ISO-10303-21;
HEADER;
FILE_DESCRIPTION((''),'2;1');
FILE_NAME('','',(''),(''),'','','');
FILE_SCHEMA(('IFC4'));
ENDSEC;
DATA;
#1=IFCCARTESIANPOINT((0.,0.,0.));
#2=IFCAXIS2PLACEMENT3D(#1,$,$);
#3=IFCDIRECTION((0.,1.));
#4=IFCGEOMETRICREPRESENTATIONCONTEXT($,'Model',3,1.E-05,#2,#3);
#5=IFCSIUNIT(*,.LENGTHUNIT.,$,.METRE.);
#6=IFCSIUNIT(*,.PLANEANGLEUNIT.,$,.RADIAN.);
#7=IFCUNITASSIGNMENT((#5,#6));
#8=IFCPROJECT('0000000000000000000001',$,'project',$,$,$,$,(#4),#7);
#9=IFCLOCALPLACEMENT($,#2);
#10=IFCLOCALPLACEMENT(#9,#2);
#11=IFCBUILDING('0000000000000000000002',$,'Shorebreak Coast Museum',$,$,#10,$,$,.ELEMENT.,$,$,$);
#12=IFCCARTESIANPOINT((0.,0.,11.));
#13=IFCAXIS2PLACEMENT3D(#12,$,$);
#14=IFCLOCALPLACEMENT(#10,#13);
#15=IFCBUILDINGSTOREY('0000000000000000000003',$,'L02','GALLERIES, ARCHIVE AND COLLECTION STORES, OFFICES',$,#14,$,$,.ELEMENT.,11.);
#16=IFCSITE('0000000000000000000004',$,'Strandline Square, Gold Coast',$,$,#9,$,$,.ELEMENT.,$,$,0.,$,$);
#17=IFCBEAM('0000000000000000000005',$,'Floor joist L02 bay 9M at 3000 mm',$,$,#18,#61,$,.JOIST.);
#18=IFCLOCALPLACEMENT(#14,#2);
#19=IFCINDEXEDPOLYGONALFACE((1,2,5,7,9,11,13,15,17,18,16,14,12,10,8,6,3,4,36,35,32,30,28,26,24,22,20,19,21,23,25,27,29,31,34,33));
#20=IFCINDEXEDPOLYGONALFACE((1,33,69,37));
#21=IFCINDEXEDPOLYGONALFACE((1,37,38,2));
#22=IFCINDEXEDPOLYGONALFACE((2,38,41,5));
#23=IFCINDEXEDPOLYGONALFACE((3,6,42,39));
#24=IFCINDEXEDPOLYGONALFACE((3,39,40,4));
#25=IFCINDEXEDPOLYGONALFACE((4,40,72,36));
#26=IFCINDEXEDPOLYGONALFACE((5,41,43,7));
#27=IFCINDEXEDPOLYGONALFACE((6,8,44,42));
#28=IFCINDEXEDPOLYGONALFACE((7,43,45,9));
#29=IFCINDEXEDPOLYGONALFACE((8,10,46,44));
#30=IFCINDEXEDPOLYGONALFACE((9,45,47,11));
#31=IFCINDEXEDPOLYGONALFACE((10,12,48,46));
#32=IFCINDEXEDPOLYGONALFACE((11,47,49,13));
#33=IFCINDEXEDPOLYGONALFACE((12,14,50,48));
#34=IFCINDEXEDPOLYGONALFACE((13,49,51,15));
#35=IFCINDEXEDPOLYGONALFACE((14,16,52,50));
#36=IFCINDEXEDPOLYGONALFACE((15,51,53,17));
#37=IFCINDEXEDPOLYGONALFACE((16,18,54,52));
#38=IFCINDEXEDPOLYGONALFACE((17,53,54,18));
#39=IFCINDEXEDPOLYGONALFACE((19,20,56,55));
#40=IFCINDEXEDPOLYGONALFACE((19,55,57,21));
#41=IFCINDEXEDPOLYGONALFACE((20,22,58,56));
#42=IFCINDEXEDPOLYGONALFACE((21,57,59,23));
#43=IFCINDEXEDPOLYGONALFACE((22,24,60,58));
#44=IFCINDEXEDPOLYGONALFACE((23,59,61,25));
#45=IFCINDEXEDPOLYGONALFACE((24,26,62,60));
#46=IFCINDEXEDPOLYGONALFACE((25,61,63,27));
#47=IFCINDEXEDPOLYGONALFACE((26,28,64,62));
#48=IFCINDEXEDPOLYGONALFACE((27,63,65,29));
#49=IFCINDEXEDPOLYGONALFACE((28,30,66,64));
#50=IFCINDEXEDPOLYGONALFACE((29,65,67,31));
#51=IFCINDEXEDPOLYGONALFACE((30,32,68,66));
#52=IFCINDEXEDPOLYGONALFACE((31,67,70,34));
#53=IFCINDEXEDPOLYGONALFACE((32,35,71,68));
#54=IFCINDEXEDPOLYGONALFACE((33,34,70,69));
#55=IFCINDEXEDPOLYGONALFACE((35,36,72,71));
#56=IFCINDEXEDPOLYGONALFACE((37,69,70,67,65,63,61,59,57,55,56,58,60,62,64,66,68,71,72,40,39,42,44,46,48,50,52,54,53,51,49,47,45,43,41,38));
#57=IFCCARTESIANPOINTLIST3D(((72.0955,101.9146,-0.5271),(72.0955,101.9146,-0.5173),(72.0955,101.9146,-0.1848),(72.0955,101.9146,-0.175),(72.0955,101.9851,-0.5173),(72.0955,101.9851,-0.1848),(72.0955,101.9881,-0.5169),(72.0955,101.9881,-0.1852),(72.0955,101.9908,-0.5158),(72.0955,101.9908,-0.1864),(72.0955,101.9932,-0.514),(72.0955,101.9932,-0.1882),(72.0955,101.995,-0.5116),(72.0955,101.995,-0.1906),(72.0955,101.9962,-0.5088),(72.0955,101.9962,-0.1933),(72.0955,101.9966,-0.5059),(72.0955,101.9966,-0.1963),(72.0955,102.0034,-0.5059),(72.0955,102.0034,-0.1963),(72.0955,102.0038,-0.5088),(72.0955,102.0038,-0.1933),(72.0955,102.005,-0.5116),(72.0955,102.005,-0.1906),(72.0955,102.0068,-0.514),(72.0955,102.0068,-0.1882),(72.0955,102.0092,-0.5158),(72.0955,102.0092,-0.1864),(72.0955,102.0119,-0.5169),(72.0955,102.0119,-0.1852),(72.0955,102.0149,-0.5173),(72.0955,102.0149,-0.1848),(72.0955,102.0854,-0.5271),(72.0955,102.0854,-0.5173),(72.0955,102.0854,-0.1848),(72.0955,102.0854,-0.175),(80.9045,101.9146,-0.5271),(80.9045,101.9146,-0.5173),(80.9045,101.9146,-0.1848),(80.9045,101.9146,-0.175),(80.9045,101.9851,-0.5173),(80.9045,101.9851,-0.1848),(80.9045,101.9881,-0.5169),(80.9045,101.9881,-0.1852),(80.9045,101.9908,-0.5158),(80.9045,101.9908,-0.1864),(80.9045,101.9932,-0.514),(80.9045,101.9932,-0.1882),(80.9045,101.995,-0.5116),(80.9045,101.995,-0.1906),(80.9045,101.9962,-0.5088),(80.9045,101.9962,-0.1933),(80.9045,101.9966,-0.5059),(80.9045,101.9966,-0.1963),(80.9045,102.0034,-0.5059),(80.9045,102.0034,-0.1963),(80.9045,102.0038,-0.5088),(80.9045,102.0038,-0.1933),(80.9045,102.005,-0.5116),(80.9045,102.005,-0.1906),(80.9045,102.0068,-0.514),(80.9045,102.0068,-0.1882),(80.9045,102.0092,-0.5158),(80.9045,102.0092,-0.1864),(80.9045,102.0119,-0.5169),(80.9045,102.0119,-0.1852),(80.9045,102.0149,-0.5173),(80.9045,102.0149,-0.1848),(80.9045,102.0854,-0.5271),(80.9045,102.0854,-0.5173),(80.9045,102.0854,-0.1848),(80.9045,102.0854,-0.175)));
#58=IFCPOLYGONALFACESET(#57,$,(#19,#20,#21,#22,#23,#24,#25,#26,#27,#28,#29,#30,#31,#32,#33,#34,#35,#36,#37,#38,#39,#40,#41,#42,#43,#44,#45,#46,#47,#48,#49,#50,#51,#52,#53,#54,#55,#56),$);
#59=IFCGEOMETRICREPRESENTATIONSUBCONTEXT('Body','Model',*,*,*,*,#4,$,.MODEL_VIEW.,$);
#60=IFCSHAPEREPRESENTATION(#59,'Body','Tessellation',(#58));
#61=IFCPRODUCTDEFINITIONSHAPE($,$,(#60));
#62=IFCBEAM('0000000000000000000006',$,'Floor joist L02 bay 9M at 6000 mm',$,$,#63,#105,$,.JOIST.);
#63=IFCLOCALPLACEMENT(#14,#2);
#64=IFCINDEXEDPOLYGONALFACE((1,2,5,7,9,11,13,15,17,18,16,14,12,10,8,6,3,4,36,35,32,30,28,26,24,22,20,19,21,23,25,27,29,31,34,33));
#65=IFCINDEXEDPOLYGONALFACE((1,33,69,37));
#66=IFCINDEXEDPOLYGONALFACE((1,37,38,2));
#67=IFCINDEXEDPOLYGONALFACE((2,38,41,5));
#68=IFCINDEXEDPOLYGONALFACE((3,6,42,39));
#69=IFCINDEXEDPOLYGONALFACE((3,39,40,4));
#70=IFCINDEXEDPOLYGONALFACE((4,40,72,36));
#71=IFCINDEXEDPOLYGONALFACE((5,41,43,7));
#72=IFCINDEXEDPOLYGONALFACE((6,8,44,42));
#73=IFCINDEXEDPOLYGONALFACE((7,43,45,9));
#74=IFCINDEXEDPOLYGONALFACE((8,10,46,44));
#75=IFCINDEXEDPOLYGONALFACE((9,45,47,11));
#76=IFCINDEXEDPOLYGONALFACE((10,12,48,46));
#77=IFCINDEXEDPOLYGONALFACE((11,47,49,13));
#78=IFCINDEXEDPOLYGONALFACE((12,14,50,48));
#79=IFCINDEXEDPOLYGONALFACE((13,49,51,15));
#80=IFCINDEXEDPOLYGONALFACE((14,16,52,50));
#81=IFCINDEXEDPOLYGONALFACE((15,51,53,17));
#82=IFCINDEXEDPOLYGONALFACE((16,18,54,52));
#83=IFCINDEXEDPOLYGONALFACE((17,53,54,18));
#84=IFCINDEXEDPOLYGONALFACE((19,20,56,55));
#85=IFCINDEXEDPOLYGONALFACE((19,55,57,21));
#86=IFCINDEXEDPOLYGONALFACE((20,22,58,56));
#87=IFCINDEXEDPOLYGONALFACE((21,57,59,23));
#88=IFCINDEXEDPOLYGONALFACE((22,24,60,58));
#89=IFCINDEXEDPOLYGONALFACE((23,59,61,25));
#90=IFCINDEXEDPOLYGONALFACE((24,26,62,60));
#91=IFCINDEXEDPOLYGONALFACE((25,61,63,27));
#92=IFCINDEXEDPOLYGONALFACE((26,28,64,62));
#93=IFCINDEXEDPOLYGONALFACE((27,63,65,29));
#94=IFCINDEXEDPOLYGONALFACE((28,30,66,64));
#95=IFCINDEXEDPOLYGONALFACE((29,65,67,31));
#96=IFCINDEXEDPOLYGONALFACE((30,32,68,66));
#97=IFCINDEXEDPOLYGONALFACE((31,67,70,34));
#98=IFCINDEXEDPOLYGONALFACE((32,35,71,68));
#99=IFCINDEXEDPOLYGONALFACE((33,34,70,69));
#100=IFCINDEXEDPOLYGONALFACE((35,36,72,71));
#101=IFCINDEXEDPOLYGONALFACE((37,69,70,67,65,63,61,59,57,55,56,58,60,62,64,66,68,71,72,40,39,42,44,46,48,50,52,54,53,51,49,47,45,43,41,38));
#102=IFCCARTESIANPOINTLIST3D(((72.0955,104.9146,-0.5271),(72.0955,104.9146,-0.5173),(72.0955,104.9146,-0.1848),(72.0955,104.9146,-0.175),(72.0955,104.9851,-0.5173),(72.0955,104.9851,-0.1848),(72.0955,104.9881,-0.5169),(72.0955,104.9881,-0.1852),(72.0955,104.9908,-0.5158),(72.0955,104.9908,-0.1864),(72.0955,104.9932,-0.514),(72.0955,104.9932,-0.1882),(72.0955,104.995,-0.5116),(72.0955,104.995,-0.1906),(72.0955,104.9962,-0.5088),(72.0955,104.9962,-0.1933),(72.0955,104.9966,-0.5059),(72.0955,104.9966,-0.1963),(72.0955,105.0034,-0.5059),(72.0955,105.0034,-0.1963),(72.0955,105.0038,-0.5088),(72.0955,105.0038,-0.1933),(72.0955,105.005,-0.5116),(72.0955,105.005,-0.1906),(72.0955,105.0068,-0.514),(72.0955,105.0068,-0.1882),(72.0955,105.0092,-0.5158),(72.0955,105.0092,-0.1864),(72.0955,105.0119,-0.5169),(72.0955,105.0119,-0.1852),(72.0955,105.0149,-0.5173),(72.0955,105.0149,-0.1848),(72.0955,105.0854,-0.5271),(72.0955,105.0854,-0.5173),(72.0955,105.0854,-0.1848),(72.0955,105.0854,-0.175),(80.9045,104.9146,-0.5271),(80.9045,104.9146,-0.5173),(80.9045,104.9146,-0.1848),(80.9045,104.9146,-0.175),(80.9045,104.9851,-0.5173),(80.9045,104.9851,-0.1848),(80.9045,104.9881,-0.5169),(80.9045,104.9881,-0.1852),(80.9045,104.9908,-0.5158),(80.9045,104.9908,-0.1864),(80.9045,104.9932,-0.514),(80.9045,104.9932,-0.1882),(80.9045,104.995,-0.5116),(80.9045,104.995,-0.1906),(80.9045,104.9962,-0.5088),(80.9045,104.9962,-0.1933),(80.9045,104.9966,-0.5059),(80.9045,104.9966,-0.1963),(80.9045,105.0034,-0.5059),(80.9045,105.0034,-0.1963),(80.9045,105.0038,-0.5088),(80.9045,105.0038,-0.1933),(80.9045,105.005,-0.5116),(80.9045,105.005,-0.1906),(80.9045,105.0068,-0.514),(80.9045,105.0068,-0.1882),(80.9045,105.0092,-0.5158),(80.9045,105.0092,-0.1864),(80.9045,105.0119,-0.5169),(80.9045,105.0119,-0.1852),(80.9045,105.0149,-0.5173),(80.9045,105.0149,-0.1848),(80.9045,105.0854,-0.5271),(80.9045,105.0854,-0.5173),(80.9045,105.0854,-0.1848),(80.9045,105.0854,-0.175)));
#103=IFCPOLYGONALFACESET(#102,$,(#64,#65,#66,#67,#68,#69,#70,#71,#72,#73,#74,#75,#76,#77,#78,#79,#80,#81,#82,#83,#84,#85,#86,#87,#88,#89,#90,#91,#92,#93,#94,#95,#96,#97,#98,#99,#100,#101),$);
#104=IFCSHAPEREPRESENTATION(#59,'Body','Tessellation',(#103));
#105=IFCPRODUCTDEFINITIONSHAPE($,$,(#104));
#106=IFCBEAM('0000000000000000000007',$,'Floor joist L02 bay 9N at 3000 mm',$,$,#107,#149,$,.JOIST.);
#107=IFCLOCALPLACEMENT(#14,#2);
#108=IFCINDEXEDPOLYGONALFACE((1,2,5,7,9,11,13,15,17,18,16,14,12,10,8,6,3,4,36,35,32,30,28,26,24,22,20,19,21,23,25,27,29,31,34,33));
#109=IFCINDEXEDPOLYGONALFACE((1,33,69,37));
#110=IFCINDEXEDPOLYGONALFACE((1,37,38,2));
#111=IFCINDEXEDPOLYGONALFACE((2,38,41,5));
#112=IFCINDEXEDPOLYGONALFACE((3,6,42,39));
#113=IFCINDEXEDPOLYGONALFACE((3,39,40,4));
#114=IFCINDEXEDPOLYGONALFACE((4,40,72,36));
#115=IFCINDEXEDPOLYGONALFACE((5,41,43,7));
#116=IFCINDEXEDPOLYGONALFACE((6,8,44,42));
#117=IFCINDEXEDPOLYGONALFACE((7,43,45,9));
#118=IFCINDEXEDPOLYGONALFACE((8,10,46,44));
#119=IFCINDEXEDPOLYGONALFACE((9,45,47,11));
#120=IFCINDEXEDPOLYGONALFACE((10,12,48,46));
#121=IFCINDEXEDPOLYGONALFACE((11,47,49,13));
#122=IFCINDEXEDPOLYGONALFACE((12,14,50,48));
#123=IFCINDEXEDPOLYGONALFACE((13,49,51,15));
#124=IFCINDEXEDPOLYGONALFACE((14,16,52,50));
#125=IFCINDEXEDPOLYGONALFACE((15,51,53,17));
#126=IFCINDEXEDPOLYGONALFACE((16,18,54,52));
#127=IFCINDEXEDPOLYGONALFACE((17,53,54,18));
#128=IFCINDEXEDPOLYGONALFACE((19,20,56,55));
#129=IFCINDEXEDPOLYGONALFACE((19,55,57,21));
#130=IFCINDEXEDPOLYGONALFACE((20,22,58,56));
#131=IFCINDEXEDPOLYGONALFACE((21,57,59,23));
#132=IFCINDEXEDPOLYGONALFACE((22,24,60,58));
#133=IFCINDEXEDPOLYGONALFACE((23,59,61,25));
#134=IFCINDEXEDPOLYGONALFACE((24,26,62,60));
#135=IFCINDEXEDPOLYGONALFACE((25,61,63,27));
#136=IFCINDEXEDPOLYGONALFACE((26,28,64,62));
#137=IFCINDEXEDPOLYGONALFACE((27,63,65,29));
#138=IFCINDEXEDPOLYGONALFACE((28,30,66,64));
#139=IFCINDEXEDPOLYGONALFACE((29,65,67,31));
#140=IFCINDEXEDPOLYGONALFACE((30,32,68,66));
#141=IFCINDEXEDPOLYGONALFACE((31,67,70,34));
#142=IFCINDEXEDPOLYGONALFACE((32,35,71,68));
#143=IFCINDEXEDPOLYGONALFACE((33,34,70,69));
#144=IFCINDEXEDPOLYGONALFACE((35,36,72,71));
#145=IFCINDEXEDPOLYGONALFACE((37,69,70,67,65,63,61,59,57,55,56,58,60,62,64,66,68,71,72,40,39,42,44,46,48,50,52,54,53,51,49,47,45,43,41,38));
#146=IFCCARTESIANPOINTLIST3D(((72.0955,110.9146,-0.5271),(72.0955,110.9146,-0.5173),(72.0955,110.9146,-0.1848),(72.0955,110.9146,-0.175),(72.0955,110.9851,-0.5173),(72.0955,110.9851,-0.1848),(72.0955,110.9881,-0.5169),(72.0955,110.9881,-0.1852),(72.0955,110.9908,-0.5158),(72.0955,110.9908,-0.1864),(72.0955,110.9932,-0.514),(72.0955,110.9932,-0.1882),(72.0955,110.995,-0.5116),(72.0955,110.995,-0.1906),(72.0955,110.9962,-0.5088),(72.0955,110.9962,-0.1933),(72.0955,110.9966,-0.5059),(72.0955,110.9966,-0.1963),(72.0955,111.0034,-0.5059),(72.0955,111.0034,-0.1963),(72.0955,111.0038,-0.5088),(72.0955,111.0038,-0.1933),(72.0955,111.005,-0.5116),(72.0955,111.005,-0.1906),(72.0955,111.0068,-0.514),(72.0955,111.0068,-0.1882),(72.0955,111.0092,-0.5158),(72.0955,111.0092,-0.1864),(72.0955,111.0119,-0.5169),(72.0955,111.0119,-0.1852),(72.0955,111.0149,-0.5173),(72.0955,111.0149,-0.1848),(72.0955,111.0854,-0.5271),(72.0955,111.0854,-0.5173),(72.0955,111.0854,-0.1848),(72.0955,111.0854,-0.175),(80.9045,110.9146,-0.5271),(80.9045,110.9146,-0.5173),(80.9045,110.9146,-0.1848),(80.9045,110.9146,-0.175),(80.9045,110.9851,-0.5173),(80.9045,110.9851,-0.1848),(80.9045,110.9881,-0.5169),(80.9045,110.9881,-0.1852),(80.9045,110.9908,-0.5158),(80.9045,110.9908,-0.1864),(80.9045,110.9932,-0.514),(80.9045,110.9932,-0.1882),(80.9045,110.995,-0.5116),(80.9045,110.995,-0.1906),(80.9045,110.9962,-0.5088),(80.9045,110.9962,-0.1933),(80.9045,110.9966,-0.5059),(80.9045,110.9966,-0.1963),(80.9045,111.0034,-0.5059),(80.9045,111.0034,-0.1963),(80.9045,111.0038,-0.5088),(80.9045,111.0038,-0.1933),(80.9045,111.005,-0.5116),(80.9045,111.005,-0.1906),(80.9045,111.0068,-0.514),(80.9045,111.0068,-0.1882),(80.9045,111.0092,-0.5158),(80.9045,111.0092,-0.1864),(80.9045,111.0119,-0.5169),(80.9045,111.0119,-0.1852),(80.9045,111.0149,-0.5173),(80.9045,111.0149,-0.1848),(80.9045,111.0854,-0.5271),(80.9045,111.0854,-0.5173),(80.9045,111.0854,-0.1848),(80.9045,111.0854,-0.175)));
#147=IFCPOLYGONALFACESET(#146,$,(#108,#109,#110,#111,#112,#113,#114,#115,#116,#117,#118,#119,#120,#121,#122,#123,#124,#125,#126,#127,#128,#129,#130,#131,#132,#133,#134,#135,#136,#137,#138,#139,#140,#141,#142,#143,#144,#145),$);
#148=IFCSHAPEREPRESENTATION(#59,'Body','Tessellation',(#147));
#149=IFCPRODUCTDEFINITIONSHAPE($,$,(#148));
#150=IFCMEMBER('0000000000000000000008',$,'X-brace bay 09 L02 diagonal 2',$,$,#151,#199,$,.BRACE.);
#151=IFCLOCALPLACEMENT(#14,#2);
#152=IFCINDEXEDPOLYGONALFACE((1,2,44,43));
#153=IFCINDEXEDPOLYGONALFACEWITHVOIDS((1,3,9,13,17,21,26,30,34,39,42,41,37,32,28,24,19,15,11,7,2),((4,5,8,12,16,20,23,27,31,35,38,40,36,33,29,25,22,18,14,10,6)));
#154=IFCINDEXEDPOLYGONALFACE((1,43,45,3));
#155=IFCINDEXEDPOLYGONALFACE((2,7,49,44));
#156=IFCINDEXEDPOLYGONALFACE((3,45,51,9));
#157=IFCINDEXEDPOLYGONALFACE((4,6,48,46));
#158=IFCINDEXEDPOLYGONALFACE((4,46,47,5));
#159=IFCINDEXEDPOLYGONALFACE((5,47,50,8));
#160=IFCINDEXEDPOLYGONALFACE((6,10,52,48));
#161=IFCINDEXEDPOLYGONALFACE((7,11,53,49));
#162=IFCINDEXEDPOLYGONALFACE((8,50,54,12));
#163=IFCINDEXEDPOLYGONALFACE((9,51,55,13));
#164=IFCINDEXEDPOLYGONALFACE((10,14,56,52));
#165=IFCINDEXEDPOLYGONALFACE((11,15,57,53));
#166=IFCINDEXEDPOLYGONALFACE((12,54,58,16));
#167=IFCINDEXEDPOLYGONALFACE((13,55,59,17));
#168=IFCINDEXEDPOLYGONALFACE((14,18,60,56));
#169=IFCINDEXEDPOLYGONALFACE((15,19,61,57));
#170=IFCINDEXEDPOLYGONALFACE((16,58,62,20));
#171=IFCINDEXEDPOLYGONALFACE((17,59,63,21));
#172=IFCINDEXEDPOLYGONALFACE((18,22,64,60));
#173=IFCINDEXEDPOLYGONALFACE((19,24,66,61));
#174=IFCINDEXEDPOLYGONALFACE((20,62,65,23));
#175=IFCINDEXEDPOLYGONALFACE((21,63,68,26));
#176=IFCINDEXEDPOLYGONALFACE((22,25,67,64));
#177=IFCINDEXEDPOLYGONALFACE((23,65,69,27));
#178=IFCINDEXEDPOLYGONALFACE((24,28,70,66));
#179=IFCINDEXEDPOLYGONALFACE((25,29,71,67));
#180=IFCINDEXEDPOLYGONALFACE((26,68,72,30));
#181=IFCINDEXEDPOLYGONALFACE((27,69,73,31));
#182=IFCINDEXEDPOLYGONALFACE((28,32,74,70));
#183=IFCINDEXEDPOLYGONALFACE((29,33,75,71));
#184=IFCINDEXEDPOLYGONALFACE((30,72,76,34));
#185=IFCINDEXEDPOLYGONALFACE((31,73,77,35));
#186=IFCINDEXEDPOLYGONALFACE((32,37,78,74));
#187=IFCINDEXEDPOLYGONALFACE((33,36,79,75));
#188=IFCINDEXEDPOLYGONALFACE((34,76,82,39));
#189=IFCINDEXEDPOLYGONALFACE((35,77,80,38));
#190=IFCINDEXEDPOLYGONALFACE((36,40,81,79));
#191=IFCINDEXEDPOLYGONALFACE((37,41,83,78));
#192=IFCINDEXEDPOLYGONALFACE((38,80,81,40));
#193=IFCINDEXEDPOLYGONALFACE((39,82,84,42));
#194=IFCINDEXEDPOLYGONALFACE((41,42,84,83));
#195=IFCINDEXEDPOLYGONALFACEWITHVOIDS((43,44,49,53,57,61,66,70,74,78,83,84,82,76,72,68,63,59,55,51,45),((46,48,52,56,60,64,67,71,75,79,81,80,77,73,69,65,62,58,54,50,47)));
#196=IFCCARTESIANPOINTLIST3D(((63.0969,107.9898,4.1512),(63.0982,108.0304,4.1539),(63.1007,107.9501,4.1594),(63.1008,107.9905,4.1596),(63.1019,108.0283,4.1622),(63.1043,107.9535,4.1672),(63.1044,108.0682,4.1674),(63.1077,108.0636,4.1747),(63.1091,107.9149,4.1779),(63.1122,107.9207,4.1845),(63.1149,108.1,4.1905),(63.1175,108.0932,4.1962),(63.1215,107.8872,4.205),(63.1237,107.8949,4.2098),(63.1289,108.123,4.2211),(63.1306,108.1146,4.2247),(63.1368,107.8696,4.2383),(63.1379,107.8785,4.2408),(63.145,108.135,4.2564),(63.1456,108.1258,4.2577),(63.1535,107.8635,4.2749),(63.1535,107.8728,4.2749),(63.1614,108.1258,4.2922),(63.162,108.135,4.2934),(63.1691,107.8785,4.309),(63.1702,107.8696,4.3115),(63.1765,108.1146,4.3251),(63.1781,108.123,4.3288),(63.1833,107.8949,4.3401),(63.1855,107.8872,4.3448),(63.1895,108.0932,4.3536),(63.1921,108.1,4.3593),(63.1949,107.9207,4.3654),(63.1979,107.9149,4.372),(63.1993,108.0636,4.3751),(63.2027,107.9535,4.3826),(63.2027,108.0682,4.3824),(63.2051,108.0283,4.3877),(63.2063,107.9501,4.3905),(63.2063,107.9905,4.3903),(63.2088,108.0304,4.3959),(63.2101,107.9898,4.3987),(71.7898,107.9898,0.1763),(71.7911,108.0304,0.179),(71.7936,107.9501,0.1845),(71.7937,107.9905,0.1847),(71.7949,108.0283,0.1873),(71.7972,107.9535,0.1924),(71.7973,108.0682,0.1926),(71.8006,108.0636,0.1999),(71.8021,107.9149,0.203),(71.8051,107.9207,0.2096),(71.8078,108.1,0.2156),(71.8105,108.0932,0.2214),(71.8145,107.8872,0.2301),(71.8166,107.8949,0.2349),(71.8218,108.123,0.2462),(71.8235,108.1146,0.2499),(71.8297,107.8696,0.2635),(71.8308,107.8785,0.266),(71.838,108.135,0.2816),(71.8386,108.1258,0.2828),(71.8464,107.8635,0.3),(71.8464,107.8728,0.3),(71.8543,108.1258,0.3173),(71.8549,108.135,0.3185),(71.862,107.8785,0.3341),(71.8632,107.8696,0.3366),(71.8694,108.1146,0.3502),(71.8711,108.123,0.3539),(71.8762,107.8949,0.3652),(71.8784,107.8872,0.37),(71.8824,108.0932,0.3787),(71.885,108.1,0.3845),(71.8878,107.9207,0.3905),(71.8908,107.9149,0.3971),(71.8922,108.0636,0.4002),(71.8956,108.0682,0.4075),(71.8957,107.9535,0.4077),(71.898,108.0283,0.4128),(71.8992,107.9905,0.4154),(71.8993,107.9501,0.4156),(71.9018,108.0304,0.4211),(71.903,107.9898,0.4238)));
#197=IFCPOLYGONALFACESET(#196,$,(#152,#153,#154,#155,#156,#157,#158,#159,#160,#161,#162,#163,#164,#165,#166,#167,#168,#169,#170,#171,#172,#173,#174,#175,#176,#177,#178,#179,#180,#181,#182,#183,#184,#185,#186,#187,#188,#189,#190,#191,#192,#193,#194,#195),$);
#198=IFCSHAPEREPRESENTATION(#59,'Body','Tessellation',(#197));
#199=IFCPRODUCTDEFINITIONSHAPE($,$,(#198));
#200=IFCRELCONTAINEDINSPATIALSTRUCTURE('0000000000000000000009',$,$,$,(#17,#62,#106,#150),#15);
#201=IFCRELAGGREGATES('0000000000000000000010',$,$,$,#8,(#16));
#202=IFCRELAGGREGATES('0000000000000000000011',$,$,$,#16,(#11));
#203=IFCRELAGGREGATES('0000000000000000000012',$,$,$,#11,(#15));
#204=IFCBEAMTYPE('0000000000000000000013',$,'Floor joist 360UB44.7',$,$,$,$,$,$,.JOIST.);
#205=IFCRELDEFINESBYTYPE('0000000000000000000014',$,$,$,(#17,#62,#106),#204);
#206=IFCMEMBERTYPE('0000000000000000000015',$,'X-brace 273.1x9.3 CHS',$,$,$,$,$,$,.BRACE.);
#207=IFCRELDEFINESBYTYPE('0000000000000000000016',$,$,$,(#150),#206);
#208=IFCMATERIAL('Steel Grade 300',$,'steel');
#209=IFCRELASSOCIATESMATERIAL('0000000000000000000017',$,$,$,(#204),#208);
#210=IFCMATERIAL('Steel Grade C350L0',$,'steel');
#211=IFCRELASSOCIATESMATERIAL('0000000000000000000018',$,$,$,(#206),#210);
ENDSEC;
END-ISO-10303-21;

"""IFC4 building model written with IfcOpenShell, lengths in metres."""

from ifc_helpers import new_model, si_unit, direction, frame, origin, origin_2d, place, context, subcontext, project, spatial, hollow_circle, i_section, extrude, material, material_profile, profile_set, type_object, element, save


model = new_model("IFC4")

# Units and contexts
model_context = context("Model", 3, precision=1e-05, world=origin(), true_north=direction((0.0, 1.0)))
body_context = subcontext(model_context, "Body", "Model", "MODEL_VIEW")
ifc_project = project(units=[si_unit("LENGTHUNIT", "METRE"), si_unit("PLANEANGLEUNIT", "RADIAN")], contexts=[model_context])

# Site, building, storey
site_placement = place(None, origin())
site = spatial("IfcSite", under=ifc_project, at=site_placement, Name="Strandline Square, Gold Coast", CompositionType="ELEMENT", RefElevation=0.0)
building_placement = place(site_placement, origin())
building = spatial("IfcBuilding", under=site, at=building_placement, Name="Shorebreak Coast Museum", CompositionType="ELEMENT")
storey_placement = place(building_placement, frame((0.0, 0.0, 11.0)))
storey = spatial("IfcBuildingStorey", under=building, at=storey_placement, Name="L02", Description="GALLERIES, ARCHIVE AND COLLECTION STORES, OFFICES", CompositionType="ELEMENT", Elevation=11.0)

# Beams
ifc_material_1 = material(Name="Steel Grade 300", Category="steel")
ifc_material_profile_1 = material_profile(ifc_material_1, i_section(OverallWidth=0.1709, OverallDepth=0.3521, WebThickness=0.0068, FlangeThickness=0.0098, FilletRadius=0.0115, at=origin_2d()), Name="360UB44.7")
ifc_profile_set_1 = profile_set([ifc_material_profile_1], Name="Steel Grade 300")
beam_type_1 = type_object("IfcBeamType", Name="Floor joist 360UB44.7", PredefinedType="JOIST", material=ifc_profile_set_1)
for number, where, z_axis, x_axis, name in (
    (1, (72.0955, 102.0, -0.3511), (1.0, 0.0, 0.0), (0.0, 1.0, 0.0), "Floor joist L02 bay 9M at 3000 mm"),
    (2, (72.0955, 105.0, -0.3511), (1.0, 0.0, 0.0), (0.0, 1.0, 0.0), "Floor joist L02 bay 9M at 6000 mm"),
    (3, (72.0955, 111.0, -0.3511), (1.0, 0.0, 0.0), (0.0, 1.0, 0.0), "Floor joist L02 bay 9N at 3000 mm"),
):
    element("IfcBeam", number, at=place(storey_placement, frame(where, z_axis=z_axis, x_axis=x_axis)), inside=storey, type_object=beam_type_1, Name=name, PredefinedType="JOIST", context=body_context, shape_type="SweptSolid", body=[
        extrude(i_section(OverallWidth=0.1709, OverallDepth=0.3521, WebThickness=0.0068, FlangeThickness=0.0098, FilletRadius=0.0115, at=origin_2d()), origin(), (0.0, 0.0, 1.0), 8.8091),
    ])

# Member
ifc_material_2 = material(Name="Steel Grade C350L0", Category="steel")
ifc_material_profile_2 = material_profile(ifc_material_2, hollow_circle(Radius=0.1365, WallThickness=0.0093, at=origin_2d()), Name="273.1x9.3 CHS")
ifc_profile_set_2 = profile_set([ifc_material_profile_2], Name="Steel Grade C350L0")
member_type = type_object("IfcMemberType", Name="X-brace 273.1x9.3 CHS", PredefinedType="BRACE", material=ifc_profile_set_2)
member_placement = place(storey_placement, frame((71.8464, 108.0, 0.3), z_axis=(-0.909436, 0.0, 0.415844), x_axis=(0.0, -1.0, 0.0)))
element("IfcMember", 4, at=member_placement, inside=storey, type_object=member_type, Name="X-brace bay 09 L02 diagonal 2", PredefinedType="BRACE", context=body_context, shape_type="SweptSolid", body=[
    extrude(hollow_circle(Radius=0.1365, WallThickness=0.0093, at=origin_2d()), origin(), (0.0, 0.0, 1.0), 9.5586),
])

save(model, "model.ifc")
